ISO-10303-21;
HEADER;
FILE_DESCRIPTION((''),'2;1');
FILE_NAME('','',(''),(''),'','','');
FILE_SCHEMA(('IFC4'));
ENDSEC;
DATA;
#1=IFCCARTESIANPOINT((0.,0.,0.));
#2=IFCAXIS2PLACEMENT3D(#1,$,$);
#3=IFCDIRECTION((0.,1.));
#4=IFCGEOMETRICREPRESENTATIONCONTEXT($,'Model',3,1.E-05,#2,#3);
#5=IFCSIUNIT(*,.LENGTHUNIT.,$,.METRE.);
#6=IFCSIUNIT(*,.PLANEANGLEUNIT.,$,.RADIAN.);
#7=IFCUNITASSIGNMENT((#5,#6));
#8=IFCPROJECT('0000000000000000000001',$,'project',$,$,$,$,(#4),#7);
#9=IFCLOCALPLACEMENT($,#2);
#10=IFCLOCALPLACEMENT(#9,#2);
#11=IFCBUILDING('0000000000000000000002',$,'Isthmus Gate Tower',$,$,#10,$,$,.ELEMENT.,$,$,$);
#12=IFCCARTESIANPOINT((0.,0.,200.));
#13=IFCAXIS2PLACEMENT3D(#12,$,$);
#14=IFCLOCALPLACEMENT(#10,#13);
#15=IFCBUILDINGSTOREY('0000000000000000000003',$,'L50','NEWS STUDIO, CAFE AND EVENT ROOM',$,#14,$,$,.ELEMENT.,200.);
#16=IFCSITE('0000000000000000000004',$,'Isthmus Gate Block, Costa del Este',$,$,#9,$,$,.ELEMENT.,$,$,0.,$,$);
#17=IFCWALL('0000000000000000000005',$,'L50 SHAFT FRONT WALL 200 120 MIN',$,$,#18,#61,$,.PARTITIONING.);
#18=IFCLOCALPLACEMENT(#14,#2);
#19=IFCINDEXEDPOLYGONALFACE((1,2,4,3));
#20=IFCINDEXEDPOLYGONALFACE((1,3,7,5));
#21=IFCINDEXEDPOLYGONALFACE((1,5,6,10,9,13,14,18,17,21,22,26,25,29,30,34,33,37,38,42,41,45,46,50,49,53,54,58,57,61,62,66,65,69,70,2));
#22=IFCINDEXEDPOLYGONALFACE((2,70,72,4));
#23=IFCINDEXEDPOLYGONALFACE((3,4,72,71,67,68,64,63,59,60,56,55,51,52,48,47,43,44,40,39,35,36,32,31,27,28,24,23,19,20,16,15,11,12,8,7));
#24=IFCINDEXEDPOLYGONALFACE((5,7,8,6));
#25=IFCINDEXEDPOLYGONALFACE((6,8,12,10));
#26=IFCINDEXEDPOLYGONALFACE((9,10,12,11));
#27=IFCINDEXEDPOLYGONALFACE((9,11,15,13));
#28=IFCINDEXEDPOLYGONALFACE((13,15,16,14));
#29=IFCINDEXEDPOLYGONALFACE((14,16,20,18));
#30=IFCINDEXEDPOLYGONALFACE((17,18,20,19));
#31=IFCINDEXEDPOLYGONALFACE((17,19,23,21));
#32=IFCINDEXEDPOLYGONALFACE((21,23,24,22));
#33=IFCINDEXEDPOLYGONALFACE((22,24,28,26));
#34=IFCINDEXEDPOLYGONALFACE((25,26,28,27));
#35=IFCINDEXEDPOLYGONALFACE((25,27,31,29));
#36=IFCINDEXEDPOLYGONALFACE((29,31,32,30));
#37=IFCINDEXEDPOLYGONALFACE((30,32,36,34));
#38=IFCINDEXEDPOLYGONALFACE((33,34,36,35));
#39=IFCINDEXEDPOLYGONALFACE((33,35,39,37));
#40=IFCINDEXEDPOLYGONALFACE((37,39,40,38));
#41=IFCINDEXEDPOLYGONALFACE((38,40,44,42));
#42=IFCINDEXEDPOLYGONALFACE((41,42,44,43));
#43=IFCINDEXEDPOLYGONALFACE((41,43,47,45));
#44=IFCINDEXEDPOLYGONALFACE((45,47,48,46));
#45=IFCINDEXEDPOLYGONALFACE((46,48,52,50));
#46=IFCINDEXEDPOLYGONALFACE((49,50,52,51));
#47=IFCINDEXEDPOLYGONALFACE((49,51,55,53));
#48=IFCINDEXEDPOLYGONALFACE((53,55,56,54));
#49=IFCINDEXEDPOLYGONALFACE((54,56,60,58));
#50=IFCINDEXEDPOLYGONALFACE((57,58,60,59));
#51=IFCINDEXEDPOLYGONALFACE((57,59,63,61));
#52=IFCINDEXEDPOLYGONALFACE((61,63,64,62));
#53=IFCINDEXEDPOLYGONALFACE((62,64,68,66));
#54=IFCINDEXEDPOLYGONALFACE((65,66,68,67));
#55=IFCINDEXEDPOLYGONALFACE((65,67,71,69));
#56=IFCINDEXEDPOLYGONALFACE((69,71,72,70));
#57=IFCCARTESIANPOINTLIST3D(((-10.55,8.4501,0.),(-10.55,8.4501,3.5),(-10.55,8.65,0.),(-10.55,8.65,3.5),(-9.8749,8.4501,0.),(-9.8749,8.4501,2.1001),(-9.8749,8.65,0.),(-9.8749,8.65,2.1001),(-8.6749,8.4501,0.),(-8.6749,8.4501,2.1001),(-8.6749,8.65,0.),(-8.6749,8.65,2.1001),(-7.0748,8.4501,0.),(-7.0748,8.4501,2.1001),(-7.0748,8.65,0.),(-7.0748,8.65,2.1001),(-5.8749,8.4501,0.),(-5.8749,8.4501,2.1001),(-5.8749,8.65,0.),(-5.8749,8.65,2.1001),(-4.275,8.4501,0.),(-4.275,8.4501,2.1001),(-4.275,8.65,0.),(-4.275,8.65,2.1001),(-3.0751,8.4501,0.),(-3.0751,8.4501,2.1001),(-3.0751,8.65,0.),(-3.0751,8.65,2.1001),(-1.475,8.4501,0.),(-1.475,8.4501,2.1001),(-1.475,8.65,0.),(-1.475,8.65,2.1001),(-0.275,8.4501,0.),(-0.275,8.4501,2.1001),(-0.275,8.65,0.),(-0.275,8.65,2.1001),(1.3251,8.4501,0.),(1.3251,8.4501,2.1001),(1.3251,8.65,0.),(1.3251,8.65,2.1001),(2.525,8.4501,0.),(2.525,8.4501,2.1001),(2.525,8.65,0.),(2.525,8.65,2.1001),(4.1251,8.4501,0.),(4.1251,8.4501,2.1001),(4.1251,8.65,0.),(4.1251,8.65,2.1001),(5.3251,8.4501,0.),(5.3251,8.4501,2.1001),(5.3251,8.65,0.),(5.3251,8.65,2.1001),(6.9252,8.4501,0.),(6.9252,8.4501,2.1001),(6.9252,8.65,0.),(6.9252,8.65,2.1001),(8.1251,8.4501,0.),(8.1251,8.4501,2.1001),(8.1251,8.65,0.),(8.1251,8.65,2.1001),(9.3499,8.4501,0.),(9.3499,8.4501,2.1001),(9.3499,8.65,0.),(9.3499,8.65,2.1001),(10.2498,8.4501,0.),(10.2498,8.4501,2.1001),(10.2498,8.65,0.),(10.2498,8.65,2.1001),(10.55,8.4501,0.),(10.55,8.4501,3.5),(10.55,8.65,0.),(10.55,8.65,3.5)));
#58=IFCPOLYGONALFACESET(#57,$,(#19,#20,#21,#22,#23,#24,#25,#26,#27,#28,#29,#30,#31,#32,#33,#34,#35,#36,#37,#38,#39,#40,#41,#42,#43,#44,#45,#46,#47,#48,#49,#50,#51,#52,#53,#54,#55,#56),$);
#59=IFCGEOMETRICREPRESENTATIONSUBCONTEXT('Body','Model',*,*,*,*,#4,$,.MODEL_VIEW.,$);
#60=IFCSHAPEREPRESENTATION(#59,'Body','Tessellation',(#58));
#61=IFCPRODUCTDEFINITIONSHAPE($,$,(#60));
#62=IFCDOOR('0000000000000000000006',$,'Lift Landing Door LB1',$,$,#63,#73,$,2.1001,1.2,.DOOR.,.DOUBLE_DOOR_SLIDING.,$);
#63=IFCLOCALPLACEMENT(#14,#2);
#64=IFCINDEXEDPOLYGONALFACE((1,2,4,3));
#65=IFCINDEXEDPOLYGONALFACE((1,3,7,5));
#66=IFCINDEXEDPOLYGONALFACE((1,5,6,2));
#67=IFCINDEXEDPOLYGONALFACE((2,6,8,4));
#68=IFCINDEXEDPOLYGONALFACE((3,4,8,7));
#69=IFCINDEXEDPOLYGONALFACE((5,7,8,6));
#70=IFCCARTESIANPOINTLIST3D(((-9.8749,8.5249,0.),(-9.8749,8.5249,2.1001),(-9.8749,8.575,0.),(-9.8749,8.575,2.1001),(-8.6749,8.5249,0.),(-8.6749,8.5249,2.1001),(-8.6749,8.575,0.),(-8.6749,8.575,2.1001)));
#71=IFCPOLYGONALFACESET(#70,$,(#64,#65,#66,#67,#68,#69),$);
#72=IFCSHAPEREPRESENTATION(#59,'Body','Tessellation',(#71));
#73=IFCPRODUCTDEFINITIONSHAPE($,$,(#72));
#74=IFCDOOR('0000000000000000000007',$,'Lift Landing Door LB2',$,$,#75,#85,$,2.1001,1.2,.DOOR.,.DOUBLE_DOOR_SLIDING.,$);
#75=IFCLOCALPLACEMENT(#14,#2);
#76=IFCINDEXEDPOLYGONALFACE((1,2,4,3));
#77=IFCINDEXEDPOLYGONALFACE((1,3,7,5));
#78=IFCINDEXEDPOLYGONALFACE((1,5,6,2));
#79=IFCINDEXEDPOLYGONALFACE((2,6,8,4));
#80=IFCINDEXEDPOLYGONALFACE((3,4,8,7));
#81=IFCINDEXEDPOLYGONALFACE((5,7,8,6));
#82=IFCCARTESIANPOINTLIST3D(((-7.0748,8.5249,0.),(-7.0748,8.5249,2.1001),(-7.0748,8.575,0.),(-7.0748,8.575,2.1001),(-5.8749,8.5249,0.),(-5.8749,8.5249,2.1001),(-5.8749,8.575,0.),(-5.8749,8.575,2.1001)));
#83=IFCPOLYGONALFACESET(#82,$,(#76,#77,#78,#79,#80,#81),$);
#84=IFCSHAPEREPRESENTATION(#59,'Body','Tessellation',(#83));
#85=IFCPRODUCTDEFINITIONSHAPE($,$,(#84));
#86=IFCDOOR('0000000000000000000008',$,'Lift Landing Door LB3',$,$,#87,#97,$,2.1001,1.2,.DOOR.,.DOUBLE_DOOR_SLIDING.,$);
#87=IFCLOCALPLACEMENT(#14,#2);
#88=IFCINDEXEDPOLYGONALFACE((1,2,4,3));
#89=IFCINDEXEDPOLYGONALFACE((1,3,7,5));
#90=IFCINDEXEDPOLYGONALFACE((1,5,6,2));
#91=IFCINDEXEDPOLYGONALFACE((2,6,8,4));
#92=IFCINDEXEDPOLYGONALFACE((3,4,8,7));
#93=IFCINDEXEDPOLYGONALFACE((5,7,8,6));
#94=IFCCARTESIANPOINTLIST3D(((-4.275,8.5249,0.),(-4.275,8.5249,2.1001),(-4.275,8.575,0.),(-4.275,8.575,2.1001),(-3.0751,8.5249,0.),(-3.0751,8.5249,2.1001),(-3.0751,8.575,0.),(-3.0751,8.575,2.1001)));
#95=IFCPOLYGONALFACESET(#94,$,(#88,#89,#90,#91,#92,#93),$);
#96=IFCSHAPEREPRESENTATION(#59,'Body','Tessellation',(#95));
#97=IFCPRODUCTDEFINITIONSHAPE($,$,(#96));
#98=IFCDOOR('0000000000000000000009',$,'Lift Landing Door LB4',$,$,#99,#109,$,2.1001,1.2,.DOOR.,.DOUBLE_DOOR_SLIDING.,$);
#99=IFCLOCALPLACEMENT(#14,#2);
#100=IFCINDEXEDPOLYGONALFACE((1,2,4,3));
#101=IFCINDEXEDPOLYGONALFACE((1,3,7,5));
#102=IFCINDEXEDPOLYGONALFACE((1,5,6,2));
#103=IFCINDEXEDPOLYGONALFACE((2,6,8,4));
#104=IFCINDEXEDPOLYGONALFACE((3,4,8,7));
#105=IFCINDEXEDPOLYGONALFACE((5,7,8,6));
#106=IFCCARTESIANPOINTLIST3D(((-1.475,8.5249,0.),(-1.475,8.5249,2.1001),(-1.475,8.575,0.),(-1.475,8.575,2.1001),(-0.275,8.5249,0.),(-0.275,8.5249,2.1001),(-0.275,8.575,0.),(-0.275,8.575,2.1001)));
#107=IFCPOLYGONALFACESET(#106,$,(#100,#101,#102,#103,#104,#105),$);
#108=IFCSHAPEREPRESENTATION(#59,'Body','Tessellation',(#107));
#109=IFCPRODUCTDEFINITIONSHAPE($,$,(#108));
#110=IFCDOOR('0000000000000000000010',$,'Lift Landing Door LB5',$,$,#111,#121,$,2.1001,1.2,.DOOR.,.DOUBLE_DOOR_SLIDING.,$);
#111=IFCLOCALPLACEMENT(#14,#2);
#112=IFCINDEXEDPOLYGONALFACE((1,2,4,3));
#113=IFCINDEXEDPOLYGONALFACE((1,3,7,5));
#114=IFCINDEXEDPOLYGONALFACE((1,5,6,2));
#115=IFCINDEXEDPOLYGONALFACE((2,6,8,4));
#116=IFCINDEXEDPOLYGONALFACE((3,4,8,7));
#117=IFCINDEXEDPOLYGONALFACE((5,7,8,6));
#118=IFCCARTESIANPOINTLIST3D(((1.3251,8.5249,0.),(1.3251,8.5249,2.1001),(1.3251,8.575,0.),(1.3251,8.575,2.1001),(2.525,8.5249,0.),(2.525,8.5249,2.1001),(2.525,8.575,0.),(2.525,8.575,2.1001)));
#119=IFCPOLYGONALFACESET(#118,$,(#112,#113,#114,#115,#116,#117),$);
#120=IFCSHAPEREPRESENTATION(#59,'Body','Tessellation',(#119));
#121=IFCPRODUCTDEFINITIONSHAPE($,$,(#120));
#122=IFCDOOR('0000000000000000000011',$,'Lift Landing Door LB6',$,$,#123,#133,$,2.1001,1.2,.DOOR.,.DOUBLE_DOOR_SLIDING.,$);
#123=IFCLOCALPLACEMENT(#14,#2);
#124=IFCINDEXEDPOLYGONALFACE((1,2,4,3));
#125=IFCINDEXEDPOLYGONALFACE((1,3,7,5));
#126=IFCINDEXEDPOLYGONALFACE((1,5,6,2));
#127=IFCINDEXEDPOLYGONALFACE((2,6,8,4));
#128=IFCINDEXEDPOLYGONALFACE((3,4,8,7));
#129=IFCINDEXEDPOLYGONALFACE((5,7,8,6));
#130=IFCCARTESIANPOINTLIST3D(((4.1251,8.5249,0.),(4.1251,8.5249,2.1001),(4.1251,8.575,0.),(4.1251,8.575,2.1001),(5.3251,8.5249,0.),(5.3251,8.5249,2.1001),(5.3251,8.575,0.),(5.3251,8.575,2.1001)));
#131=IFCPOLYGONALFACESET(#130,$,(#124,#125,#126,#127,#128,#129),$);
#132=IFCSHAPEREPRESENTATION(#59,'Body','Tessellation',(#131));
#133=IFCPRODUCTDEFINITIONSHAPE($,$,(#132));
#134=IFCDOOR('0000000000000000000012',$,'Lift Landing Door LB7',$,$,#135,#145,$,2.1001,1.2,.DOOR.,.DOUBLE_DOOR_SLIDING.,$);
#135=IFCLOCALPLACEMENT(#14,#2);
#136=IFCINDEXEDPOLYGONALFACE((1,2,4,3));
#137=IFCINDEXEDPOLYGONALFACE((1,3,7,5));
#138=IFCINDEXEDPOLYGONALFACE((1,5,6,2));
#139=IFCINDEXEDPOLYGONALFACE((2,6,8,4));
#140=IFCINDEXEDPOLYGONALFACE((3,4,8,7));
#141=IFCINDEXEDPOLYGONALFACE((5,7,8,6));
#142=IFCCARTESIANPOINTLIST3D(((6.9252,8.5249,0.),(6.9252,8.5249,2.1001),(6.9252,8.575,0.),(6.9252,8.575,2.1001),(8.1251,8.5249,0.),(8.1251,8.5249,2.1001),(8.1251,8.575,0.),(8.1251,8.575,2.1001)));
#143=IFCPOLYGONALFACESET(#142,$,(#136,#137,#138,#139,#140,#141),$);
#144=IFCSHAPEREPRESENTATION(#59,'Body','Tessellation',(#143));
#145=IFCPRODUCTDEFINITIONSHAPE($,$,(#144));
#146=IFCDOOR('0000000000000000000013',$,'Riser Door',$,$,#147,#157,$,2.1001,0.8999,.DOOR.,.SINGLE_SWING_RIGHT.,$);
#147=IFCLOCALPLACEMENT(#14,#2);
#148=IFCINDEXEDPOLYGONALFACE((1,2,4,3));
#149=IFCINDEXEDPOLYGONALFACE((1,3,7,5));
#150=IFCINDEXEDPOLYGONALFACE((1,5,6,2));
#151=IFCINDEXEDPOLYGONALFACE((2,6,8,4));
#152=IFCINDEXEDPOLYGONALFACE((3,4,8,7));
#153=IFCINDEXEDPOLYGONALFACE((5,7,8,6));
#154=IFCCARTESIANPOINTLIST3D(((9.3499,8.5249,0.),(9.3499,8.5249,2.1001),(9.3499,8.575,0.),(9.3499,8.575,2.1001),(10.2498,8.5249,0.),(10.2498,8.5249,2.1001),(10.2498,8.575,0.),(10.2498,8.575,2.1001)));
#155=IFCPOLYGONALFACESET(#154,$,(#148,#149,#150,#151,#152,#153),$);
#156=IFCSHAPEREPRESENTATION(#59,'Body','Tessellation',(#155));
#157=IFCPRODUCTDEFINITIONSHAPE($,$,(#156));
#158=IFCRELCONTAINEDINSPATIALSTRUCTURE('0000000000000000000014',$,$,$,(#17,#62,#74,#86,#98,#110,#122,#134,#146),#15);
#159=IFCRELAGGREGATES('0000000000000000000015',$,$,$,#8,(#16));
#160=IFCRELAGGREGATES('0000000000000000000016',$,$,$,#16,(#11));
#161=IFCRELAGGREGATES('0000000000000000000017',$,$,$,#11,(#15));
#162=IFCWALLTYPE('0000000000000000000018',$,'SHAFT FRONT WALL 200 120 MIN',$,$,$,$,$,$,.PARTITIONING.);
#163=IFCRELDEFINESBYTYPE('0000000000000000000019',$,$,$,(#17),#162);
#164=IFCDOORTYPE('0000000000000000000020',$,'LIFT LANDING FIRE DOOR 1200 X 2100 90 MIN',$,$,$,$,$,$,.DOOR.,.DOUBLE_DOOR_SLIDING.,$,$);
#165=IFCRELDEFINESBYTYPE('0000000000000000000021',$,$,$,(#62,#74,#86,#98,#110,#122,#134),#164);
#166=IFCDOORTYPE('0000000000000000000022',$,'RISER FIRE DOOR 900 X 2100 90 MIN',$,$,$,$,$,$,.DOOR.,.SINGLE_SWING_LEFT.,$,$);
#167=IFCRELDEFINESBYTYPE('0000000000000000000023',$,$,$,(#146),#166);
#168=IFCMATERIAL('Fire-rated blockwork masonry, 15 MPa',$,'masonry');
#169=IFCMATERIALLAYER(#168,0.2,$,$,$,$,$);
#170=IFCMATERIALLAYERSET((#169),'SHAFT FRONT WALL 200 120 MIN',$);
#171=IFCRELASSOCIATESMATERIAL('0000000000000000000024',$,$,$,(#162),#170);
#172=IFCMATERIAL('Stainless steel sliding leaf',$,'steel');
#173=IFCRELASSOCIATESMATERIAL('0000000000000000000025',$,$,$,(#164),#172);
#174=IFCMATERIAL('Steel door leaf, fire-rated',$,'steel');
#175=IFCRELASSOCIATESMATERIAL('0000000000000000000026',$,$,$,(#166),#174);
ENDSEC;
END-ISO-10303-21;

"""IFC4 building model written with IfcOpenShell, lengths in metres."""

from ifc_helpers import new_model, si_unit, direction, frame, frame_2d, origin, place, context, subcontext, project, spatial, rectangle, extrude, material, layer, layer_set, type_object, element, fill, save


model = new_model("IFC4")

# Units and contexts
model_context = context("Model", 3, precision=1e-05, world=origin(), true_north=direction((0.0, 1.0)))
body_context = subcontext(model_context, "Body", "Model", "MODEL_VIEW")
ifc_project = project(units=[si_unit("LENGTHUNIT", "METRE"), si_unit("PLANEANGLEUNIT", "RADIAN")], contexts=[model_context])

# Site, building, storey
site_placement = place(None, origin())
site = spatial("IfcSite", under=ifc_project, at=site_placement, Name="Isthmus Gate Block, Costa del Este", CompositionType="ELEMENT", RefElevation=0.0)
building_placement = place(site_placement, origin())
building = spatial("IfcBuilding", under=site, at=building_placement, Name="Isthmus Gate Tower", CompositionType="ELEMENT")
storey_placement = place(building_placement, frame((0.0, 0.0, 200.0)))
storey = spatial("IfcBuildingStorey", under=building, at=storey_placement, Name="L50", Description="NEWS STUDIO, CAFE AND EVENT ROOM", CompositionType="ELEMENT", Elevation=200.0)

# Wall, openings, doors
ifc_material_1 = material(Name="Fire-rated blockwork masonry, 15 MPa", Category="masonry")
ifc_layer_1 = layer(ifc_material_1, 0.2)
ifc_layer_set_1 = layer_set([ifc_layer_1], Name="SHAFT FRONT WALL 200 120 MIN")
wall_type_1 = type_object("IfcWallType", Name="SHAFT FRONT WALL 200 120 MIN", PredefinedType="PARTITIONING", material=ifc_layer_set_1)
wall_1_placement = place(storey_placement, frame((-10.55, 8.55, 0.0), z_axis=(0.0, 0.0, 1.0), x_axis=(1.0, 0.0, 0.0)))
wall_1 = element("IfcWall", 1, at=wall_1_placement, inside=storey, type_object=wall_type_1, Name="L50 SHAFT FRONT WALL 200 120 MIN", PredefinedType="PARTITIONING", context=body_context, shape_type="SweptSolid", body=[
    extrude(rectangle(XDim=21.1001, YDim=0.2, at=frame_2d((10.55, 0.0))), origin(), (0.0, 0.0, 1.0), 3.5),
])
opening_1_placement = place(wall_1_placement, frame((0.675, 0.0, 0.0)))
opening_1 = element("IfcOpeningElement", 2, at=opening_1_placement, cuts=wall_1, PredefinedType="OPENING", context=body_context, shape_type="SweptSolid", body=[
    extrude(rectangle(XDim=1.2, YDim=2.1001, at=frame_2d((0.6001, 1.05))), frame((0.0, 0.1099, 0.0), z_axis=(0.0, -1.0, 0.0), x_axis=(1.0, 0.0, 0.0)), (0.0, 0.0, 1.0), 0.22),
])
opening_2_placement = place(wall_1_placement, frame((3.4751, 0.0, 0.0)))
opening_2 = element("IfcOpeningElement", 3, at=opening_2_placement, cuts=wall_1, PredefinedType="OPENING", context=body_context, shape_type="SweptSolid", body=[
    extrude(rectangle(XDim=1.2, YDim=2.1001, at=frame_2d((0.6001, 1.05))), frame((0.0, 0.1099, 0.0), z_axis=(0.0, -1.0, 0.0), x_axis=(1.0, 0.0, 0.0)), (0.0, 0.0, 1.0), 0.22),
])
opening_3_placement = place(wall_1_placement, frame((6.2749, 0.0, 0.0)))
opening_3 = element("IfcOpeningElement", 4, at=opening_3_placement, cuts=wall_1, PredefinedType="OPENING", context=body_context, shape_type="SweptSolid", body=[
    extrude(rectangle(XDim=1.2, YDim=2.1001, at=frame_2d((0.6001, 1.05))), frame((0.0, 0.1099, 0.0), z_axis=(0.0, -1.0, 0.0), x_axis=(1.0, 0.0, 0.0)), (0.0, 0.0, 1.0), 0.22),
])
opening_4_placement = place(wall_1_placement, frame((9.075, 0.0, 0.0)))
opening_4 = element("IfcOpeningElement", 5, at=opening_4_placement, cuts=wall_1, PredefinedType="OPENING", context=body_context, shape_type="SweptSolid", body=[
    extrude(rectangle(XDim=1.2, YDim=2.1001, at=frame_2d((0.6001, 1.05))), frame((0.0, 0.1099, 0.0), z_axis=(0.0, -1.0, 0.0), x_axis=(1.0, 0.0, 0.0)), (0.0, 0.0, 1.0), 0.22),
])
opening_5_placement = place(wall_1_placement, frame((11.875, 0.0, 0.0)))
opening_5 = element("IfcOpeningElement", 6, at=opening_5_placement, cuts=wall_1, PredefinedType="OPENING", context=body_context, shape_type="SweptSolid", body=[
    extrude(rectangle(XDim=1.2, YDim=2.1001, at=frame_2d((0.6001, 1.05))), frame((0.0, 0.1099, 0.0), z_axis=(0.0, -1.0, 0.0), x_axis=(1.0, 0.0, 0.0)), (0.0, 0.0, 1.0), 0.22),
])
opening_6_placement = place(wall_1_placement, frame((14.675, 0.0, 0.0)))
opening_6 = element("IfcOpeningElement", 7, at=opening_6_placement, cuts=wall_1, PredefinedType="OPENING", context=body_context, shape_type="SweptSolid", body=[
    extrude(rectangle(XDim=1.2, YDim=2.1001, at=frame_2d((0.6001, 1.05))), frame((0.0, 0.1099, 0.0), z_axis=(0.0, -1.0, 0.0), x_axis=(1.0, 0.0, 0.0)), (0.0, 0.0, 1.0), 0.22),
])
opening_7_placement = place(wall_1_placement, frame((17.4751, 0.0, 0.0)))
opening_7 = element("IfcOpeningElement", 8, at=opening_7_placement, cuts=wall_1, PredefinedType="OPENING", context=body_context, shape_type="SweptSolid", body=[
    extrude(rectangle(XDim=1.2, YDim=2.1001, at=frame_2d((0.6001, 1.05))), frame((0.0, 0.1099, 0.0), z_axis=(0.0, -1.0, 0.0), x_axis=(1.0, 0.0, 0.0)), (0.0, 0.0, 1.0), 0.22),
])
opening_8_placement = place(wall_1_placement, frame((19.8999, 0.0, 0.0)))
opening_8 = element("IfcOpeningElement", 9, at=opening_8_placement, cuts=wall_1, PredefinedType="OPENING", context=body_context, shape_type="SweptSolid", body=[
    extrude(rectangle(XDim=0.8999, YDim=2.1001, at=frame_2d((0.45, 1.05))), frame((0.0, 0.1099, 0.0), z_axis=(0.0, -1.0, 0.0), x_axis=(1.0, 0.0, 0.0)), (0.0, 0.0, 1.0), 0.22),
])
ifc_material_2 = material(Name="Stainless steel sliding leaf", Category="steel")
door_type_1 = type_object("IfcDoorType", Name="LIFT LANDING FIRE DOOR 1200 X 2100 90 MIN", OperationType="DOUBLE_DOOR_SLIDING", PredefinedType="DOOR", material=ifc_material_2)
door_1_placement = place(opening_1_placement, origin())
door_1 = element("IfcDoor", 10, at=door_1_placement, inside=storey, type_object=door_type_1, Name="Lift Landing Door LB1", OperationType="DOUBLE_DOOR_SLIDING", OverallHeight=2.1001, OverallWidth=1.2, PredefinedType="DOOR", context=body_context, shape_type="SweptSolid", body=[
    extrude(rectangle(XDim=1.2, YDim=2.1001, at=frame_2d((0.6001, 1.05))), frame((0.0, 0.0249, 0.0), z_axis=(0.0, -1.0, 0.0), x_axis=(1.0, 0.0, 0.0)), (0.0, 0.0, 1.0), 0.05),
])
fill(opening_1, door_1)
door_2_placement = place(opening_2_placement, origin())
door_2 = element("IfcDoor", 11, at=door_2_placement, inside=storey, type_object=door_type_1, Name="Lift Landing Door LB2", OperationType="DOUBLE_DOOR_SLIDING", OverallHeight=2.1001, OverallWidth=1.2, PredefinedType="DOOR", context=body_context, shape_type="SweptSolid", body=[
    extrude(rectangle(XDim=1.2, YDim=2.1001, at=frame_2d((0.6001, 1.05))), frame((0.0, 0.0249, 0.0), z_axis=(0.0, -1.0, 0.0), x_axis=(1.0, 0.0, 0.0)), (0.0, 0.0, 1.0), 0.05),
])
fill(opening_2, door_2)
door_3_placement = place(opening_3_placement, origin())
door_3 = element("IfcDoor", 12, at=door_3_placement, inside=storey, type_object=door_type_1, Name="Lift Landing Door LB3", OperationType="DOUBLE_DOOR_SLIDING", OverallHeight=2.1001, OverallWidth=1.2, PredefinedType="DOOR", context=body_context, shape_type="SweptSolid", body=[
    extrude(rectangle(XDim=1.2, YDim=2.1001, at=frame_2d((0.6001, 1.05))), frame((0.0, 0.0249, 0.0), z_axis=(0.0, -1.0, 0.0), x_axis=(1.0, 0.0, 0.0)), (0.0, 0.0, 1.0), 0.05),
])
fill(opening_3, door_3)
door_4_placement = place(opening_4_placement, origin())
door_4 = element("IfcDoor", 13, at=door_4_placement, inside=storey, type_object=door_type_1, Name="Lift Landing Door LB4", OperationType="DOUBLE_DOOR_SLIDING", OverallHeight=2.1001, OverallWidth=1.2, PredefinedType="DOOR", context=body_context, shape_type="SweptSolid", body=[
    extrude(rectangle(XDim=1.2, YDim=2.1001, at=frame_2d((0.6001, 1.05))), frame((0.0, 0.0249, 0.0), z_axis=(0.0, -1.0, 0.0), x_axis=(1.0, 0.0, 0.0)), (0.0, 0.0, 1.0), 0.05),
])
fill(opening_4, door_4)
door_5_placement = place(opening_5_placement, origin())
door_5 = element("IfcDoor", 14, at=door_5_placement, inside=storey, type_object=door_type_1, Name="Lift Landing Door LB5", OperationType="DOUBLE_DOOR_SLIDING", OverallHeight=2.1001, OverallWidth=1.2, PredefinedType="DOOR", context=body_context, shape_type="SweptSolid", body=[
    extrude(rectangle(XDim=1.2, YDim=2.1001, at=frame_2d((0.6001, 1.05))), frame((0.0, 0.0249, 0.0), z_axis=(0.0, -1.0, 0.0), x_axis=(1.0, 0.0, 0.0)), (0.0, 0.0, 1.0), 0.05),
])
fill(opening_5, door_5)
door_6_placement = place(opening_6_placement, origin())
door_6 = element("IfcDoor", 15, at=door_6_placement, inside=storey, type_object=door_type_1, Name="Lift Landing Door LB6", OperationType="DOUBLE_DOOR_SLIDING", OverallHeight=2.1001, OverallWidth=1.2, PredefinedType="DOOR", context=body_context, shape_type="SweptSolid", body=[
    extrude(rectangle(XDim=1.2, YDim=2.1001, at=frame_2d((0.6001, 1.05))), frame((0.0, 0.0249, 0.0), z_axis=(0.0, -1.0, 0.0), x_axis=(1.0, 0.0, 0.0)), (0.0, 0.0, 1.0), 0.05),
])
fill(opening_6, door_6)
door_7_placement = place(opening_7_placement, origin())
door_7 = element("IfcDoor", 16, at=door_7_placement, inside=storey, type_object=door_type_1, Name="Lift Landing Door LB7", OperationType="DOUBLE_DOOR_SLIDING", OverallHeight=2.1001, OverallWidth=1.2, PredefinedType="DOOR", context=body_context, shape_type="SweptSolid", body=[
    extrude(rectangle(XDim=1.2, YDim=2.1001, at=frame_2d((0.6001, 1.05))), frame((0.0, 0.0249, 0.0), z_axis=(0.0, -1.0, 0.0), x_axis=(1.0, 0.0, 0.0)), (0.0, 0.0, 1.0), 0.05),
])
fill(opening_7, door_7)
ifc_material_3 = material(Name="Steel door leaf, fire-rated", Category="steel")
door_type_2 = type_object("IfcDoorType", Name="RISER FIRE DOOR 900 X 2100 90 MIN", OperationType="SINGLE_SWING_LEFT", PredefinedType="DOOR", material=ifc_material_3)
door_8_placement = place(opening_8_placement, origin())
door_8 = element("IfcDoor", 17, at=door_8_placement, inside=storey, type_object=door_type_2, Name="Riser Door", OperationType="SINGLE_SWING_RIGHT", OverallHeight=2.1001, OverallWidth=0.8999, PredefinedType="DOOR", context=body_context, shape_type="SweptSolid", body=[
    extrude(rectangle(XDim=0.8999, YDim=2.1001, at=frame_2d((0.45, 1.05))), frame((0.0, 0.0249, 0.0), z_axis=(0.0, -1.0, 0.0), x_axis=(1.0, 0.0, 0.0)), (0.0, 0.0, 1.0), 0.05),
])
fill(opening_8, door_8)

save(model, "model.ifc")
